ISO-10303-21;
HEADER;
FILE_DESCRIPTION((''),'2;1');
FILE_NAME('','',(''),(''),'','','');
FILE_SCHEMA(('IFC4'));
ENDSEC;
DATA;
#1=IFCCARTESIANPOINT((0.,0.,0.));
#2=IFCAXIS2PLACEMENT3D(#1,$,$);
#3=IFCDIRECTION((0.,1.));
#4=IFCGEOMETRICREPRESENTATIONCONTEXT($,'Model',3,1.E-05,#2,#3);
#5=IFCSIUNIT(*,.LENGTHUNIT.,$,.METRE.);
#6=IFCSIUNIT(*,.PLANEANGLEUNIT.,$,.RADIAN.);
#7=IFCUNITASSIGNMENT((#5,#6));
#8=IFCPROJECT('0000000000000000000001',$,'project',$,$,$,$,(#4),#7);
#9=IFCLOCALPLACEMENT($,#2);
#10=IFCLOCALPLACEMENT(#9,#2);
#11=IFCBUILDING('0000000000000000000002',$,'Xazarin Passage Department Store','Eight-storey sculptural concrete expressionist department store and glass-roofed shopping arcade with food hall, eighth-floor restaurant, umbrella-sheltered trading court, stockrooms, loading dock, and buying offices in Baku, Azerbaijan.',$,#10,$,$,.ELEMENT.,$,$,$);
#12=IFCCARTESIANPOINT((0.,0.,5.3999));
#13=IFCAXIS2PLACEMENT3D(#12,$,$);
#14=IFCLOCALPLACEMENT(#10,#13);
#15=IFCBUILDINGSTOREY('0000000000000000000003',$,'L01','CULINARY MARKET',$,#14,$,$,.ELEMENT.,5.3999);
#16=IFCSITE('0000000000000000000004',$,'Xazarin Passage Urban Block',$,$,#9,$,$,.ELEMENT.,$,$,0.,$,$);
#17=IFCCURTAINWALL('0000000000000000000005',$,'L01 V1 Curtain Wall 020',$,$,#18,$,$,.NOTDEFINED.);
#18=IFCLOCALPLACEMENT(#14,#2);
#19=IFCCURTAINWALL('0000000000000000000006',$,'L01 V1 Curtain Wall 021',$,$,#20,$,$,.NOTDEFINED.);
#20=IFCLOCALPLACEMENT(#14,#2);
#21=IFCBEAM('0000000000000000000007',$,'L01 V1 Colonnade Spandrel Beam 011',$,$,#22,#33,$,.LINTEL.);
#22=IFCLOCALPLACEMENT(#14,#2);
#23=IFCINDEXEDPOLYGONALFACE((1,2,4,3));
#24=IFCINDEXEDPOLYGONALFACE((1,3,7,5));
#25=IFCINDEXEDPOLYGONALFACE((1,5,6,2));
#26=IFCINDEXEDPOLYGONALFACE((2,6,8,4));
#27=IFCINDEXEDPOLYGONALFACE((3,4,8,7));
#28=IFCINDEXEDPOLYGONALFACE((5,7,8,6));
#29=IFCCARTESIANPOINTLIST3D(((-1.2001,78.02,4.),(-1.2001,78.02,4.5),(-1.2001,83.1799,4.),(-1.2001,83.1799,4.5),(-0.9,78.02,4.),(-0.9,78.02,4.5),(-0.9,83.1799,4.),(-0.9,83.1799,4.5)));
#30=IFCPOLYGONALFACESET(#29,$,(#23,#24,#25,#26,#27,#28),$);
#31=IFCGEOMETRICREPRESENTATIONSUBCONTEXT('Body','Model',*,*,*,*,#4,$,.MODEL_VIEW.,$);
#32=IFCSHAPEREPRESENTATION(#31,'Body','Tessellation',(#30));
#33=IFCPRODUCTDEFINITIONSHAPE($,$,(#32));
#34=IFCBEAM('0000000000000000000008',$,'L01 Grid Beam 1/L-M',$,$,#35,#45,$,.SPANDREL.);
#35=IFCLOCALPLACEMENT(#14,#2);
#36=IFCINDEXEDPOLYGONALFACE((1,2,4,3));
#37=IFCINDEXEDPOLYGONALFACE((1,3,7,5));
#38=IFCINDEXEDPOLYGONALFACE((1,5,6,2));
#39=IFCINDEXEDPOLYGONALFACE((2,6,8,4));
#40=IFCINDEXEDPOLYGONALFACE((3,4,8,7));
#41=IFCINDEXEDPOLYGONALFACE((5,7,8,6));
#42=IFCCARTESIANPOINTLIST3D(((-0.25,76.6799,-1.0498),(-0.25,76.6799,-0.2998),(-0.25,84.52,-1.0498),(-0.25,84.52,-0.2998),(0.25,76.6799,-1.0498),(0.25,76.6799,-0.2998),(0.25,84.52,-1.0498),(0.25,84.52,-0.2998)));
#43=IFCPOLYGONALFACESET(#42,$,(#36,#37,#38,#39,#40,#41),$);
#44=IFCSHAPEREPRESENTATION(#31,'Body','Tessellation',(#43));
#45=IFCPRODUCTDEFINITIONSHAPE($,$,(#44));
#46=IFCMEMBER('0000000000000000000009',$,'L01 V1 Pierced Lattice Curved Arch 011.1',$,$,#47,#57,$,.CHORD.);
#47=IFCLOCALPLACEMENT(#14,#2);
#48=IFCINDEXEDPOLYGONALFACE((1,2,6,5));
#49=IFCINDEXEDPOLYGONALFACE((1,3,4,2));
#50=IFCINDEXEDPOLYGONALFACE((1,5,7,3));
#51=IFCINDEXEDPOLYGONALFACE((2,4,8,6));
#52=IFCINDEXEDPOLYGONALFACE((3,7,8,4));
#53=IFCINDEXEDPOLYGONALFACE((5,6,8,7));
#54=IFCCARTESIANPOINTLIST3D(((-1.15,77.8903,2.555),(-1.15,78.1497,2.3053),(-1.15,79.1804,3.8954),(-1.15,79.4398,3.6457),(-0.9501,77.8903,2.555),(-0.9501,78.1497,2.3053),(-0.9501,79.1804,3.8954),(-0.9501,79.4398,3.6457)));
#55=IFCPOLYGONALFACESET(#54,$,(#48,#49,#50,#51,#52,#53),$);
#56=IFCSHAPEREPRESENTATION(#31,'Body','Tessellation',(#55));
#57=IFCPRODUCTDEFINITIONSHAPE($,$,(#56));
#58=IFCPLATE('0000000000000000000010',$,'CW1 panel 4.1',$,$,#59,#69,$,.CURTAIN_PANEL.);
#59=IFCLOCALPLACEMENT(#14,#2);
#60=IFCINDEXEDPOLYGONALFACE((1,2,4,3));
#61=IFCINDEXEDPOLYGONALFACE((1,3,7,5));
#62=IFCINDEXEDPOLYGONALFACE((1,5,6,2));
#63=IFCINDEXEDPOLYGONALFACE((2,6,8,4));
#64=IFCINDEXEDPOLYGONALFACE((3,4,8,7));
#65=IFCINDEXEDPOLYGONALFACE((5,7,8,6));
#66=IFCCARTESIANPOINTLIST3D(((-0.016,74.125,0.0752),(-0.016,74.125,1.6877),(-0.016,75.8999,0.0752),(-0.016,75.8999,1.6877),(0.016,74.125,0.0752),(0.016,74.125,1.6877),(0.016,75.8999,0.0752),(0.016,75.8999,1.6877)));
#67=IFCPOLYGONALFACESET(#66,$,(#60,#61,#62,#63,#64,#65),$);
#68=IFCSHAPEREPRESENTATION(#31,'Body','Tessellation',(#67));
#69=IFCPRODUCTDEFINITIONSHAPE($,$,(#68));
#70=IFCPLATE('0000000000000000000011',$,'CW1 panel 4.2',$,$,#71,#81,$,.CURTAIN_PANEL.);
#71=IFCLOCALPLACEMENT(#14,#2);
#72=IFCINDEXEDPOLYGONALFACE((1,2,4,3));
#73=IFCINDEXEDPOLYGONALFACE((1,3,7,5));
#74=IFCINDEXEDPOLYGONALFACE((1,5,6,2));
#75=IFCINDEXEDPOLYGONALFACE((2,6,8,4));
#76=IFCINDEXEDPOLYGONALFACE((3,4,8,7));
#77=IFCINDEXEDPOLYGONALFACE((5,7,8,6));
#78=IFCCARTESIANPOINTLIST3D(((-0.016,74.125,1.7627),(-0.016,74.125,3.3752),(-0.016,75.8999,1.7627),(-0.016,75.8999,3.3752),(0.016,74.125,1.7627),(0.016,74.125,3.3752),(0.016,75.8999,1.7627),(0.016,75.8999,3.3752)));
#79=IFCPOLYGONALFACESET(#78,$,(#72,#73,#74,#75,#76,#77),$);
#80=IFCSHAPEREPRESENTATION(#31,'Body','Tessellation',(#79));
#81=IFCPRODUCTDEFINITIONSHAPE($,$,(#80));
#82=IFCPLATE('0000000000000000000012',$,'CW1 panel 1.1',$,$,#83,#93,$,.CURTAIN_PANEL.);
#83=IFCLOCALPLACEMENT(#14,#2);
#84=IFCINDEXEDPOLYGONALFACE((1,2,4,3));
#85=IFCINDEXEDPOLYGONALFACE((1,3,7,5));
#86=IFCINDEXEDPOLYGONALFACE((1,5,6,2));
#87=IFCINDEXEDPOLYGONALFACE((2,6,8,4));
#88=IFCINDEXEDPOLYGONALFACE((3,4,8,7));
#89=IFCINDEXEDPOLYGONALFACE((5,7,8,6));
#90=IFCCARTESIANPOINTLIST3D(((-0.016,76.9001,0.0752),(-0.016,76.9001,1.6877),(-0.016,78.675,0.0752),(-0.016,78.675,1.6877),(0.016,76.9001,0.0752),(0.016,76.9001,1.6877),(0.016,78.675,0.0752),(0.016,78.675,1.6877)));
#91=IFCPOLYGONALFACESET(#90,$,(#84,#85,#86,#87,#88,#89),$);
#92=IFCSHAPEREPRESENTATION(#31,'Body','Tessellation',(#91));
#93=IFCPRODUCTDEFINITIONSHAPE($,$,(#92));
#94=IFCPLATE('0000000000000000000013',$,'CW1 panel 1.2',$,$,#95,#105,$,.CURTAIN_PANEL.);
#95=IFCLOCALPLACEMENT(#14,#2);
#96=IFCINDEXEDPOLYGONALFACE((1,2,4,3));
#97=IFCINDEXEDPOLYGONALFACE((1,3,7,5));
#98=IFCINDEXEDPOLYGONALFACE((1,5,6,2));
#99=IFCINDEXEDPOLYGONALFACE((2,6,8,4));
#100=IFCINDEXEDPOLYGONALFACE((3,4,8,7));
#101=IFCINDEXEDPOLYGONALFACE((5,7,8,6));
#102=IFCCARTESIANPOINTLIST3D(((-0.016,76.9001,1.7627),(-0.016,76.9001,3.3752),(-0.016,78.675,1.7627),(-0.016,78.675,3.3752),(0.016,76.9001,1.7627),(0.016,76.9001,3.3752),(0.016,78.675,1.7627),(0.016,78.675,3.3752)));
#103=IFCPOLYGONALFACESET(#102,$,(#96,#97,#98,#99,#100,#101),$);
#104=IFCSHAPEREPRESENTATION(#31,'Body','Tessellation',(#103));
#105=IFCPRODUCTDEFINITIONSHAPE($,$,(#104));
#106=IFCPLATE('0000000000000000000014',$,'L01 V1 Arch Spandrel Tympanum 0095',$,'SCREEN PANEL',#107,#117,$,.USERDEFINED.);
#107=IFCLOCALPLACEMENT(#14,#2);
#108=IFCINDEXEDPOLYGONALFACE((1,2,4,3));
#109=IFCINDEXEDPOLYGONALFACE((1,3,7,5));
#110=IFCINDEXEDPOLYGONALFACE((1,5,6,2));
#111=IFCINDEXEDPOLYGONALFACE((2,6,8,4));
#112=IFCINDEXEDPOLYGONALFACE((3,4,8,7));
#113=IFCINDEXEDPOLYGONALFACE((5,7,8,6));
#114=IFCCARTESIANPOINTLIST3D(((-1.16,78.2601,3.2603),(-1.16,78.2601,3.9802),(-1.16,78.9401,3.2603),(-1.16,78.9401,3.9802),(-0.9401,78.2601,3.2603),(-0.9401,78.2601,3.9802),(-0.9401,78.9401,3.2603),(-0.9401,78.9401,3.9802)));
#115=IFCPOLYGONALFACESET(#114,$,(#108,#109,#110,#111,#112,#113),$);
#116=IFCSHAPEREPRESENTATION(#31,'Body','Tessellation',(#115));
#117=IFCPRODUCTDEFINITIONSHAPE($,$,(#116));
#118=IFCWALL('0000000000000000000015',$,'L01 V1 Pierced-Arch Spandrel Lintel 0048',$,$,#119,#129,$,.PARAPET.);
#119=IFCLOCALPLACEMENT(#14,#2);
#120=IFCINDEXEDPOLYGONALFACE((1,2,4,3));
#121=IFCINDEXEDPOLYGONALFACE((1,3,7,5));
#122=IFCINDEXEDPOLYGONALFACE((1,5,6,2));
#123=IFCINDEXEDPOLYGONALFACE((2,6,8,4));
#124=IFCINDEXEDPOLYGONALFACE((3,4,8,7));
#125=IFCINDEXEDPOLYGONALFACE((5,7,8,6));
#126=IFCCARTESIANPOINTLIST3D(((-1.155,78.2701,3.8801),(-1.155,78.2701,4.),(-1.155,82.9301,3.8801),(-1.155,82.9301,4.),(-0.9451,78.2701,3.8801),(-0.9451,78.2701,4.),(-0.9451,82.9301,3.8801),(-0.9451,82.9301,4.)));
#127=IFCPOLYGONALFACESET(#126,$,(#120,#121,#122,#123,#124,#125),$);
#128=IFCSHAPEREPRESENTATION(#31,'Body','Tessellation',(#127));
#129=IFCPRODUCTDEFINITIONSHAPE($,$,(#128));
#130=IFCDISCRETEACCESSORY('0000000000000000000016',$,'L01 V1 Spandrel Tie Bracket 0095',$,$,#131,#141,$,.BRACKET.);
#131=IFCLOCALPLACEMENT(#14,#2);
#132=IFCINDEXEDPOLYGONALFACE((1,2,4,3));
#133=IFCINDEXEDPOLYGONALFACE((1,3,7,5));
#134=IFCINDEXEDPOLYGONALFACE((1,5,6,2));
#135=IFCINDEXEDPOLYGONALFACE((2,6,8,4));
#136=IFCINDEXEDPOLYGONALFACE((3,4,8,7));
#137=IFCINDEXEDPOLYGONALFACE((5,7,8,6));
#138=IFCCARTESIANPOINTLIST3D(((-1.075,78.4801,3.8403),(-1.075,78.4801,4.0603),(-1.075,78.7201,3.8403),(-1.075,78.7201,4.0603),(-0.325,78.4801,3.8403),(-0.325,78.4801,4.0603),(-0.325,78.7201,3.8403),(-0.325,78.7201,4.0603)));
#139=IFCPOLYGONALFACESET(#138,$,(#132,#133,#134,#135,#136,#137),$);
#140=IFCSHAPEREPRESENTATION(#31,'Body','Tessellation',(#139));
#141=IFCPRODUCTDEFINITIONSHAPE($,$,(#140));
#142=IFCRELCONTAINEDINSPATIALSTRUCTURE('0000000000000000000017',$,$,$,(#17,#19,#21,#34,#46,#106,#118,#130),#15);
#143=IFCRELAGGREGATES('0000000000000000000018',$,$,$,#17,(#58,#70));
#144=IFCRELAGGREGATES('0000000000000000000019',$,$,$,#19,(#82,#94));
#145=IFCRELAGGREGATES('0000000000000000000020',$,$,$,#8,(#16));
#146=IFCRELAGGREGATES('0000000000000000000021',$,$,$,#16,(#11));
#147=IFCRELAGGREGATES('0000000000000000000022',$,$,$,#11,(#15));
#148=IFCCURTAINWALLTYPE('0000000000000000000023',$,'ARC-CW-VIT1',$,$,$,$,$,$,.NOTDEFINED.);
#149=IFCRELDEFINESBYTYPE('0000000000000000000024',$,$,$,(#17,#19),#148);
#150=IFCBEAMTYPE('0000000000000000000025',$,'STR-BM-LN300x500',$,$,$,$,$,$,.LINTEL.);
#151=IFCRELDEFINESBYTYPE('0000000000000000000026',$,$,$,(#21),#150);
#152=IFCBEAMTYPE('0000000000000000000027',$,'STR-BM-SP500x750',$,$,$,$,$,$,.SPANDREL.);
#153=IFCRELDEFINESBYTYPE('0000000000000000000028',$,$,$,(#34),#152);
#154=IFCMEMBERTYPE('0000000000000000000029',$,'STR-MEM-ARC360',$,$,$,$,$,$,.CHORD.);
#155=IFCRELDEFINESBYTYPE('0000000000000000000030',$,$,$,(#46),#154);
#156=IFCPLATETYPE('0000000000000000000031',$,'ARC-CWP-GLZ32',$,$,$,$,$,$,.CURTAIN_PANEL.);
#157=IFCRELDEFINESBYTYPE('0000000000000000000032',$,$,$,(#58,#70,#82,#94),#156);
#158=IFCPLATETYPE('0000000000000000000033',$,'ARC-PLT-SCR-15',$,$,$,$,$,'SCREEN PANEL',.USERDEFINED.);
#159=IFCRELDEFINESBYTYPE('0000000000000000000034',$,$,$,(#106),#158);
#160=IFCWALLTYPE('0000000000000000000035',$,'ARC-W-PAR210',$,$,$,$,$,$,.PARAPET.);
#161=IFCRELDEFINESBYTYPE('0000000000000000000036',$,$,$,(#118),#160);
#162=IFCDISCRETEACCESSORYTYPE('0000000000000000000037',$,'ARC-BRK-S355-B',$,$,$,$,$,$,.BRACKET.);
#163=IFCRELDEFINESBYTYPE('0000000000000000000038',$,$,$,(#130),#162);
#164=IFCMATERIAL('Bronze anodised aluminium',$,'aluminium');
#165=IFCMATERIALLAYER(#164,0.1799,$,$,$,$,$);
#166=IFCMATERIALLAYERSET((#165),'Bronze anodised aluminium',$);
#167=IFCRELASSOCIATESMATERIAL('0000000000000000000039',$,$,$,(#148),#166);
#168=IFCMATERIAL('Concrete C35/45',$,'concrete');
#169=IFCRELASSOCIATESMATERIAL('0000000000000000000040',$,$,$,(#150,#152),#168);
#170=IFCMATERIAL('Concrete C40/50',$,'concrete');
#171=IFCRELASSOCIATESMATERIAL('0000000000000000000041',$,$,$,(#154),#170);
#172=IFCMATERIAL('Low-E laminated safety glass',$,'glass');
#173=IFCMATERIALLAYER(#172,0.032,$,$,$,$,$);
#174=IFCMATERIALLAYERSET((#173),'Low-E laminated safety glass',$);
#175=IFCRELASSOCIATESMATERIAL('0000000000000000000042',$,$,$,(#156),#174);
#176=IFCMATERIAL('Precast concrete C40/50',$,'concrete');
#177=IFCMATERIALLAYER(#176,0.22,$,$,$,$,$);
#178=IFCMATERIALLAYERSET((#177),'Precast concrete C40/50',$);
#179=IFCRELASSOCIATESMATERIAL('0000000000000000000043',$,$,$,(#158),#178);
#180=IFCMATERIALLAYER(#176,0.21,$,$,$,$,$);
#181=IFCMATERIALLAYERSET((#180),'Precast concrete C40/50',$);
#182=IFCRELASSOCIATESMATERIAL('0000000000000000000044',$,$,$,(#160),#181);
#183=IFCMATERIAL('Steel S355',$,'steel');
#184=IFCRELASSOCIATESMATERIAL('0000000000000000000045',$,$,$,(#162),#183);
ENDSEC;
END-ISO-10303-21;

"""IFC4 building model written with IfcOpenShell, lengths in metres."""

from ifc_helpers import new_model, si_unit, direction, frame, frame_2d, origin, origin_2d, place, context, subcontext, project, spatial, rectangle, extrude, material, layer, layer_set, material_profile, profile_set, type_object, element, aggregate, save


model = new_model("IFC4")

# Units and contexts
model_context = context("Model", 3, precision=1e-05, world=origin(), true_north=direction((0.0, 1.0)))
body_context = subcontext(model_context, "Body", "Model", "MODEL_VIEW")
ifc_project = project(units=[si_unit("LENGTHUNIT", "METRE"), si_unit("PLANEANGLEUNIT", "RADIAN")], contexts=[model_context])

# Site, building, storey
site_placement = place(None, origin())
site = spatial("IfcSite", under=ifc_project, at=site_placement, Name="Xazarin Passage Urban Block", CompositionType="ELEMENT", RefElevation=0.0)
building_placement = place(site_placement, origin())
building = spatial("IfcBuilding", under=site, at=building_placement, Name="Xazarin Passage Department Store", Description="Eight-storey sculptural concrete expressionist department store and glass-roofed shopping arcade with food hall, eighth-floor restaurant, umbrella-sheltered trading court, stockrooms, loading dock, and buying offices in Baku, Azerbaijan.", CompositionType="ELEMENT")
storey_placement = place(building_placement, frame((0.0, 0.0, 5.3999)))
storey = spatial("IfcBuildingStorey", under=building, at=storey_placement, Name="L01", Description="CULINARY MARKET", CompositionType="ELEMENT", Elevation=5.3999)

# Shared definitions
ifc_material_1 = material(Name="Concrete C40/50", Category="concrete")

# Curtain wall
ifc_material_2 = material(Name="Bronze anodised aluminium", Category="aluminium")
ifc_layer_1 = layer(ifc_material_2, 0.1799)
ifc_layer_set_1 = layer_set([ifc_layer_1], Name="Bronze anodised aluminium")
curtain_wall_type = type_object("IfcCurtainWallType", Name="ARC-CW-VIT1", PredefinedType="NOTDEFINED", material=ifc_layer_set_1)
curtain_wall_1_placement = place(storey_placement, origin())
curtain_wall_1 = element("IfcCurtainWall", 1, at=curtain_wall_1_placement, inside=storey, type_object=curtain_wall_type, Name="L01 V1 Curtain Wall 020", PredefinedType="NOTDEFINED")

# Curtain wall
curtain_wall_2_placement = place(storey_placement, origin())
curtain_wall_2 = element("IfcCurtainWall", 2, at=curtain_wall_2_placement, inside=storey, type_object=curtain_wall_type, Name="L01 V1 Curtain Wall 021", PredefinedType="NOTDEFINED")

# Beams
ifc_material_3 = material(Name="Concrete C35/45", Category="concrete")
ifc_material_profile_1 = material_profile(ifc_material_3, rectangle(XDim=0.3, YDim=0.5, at=origin_2d()), Name="RC 300x500")
ifc_profile_set_1 = profile_set([ifc_material_profile_1], Name="Concrete C35/45")
beam_type_1 = type_object("IfcBeamType", Name="STR-BM-LN300x500", PredefinedType="LINTEL", material=ifc_profile_set_1)
beam_1_placement = place(storey_placement, frame((-1.05, 78.02, 4.25), z_axis=(0.0, 1.0, 0.0), x_axis=(-1.0, 0.0, 0.0)))
element("IfcBeam", 3, at=beam_1_placement, inside=storey, type_object=beam_type_1, Name="L01 V1 Colonnade Spandrel Beam 011", PredefinedType="LINTEL", context=body_context, shape_type="SweptSolid", body=[
    extrude(rectangle(XDim=0.3, YDim=0.5, at=origin_2d()), origin(), (0.0, 0.0, 1.0), 5.1599),
])
ifc_material_profile_2 = material_profile(ifc_material_3, rectangle(XDim=0.5, YDim=0.75, at=origin_2d()), Name="RC 500x750")
ifc_profile_set_2 = profile_set([ifc_material_profile_2], Name="Concrete C35/45")
beam_type_2 = type_object("IfcBeamType", Name="STR-BM-SP500x750", PredefinedType="SPANDREL", material=ifc_profile_set_2)
beam_2_placement = place(storey_placement, frame((0.0, 76.6799, -0.6748), z_axis=(0.0, 1.0, 0.0), x_axis=(-1.0, 0.0, 0.0)))
element("IfcBeam", 4, at=beam_2_placement, inside=storey, type_object=beam_type_2, Name="L01 Grid Beam 1/L-M", PredefinedType="SPANDREL", context=body_context, shape_type="SweptSolid", body=[
    extrude(rectangle(XDim=0.5, YDim=0.75, at=origin_2d()), origin(), (0.0, 0.0, 1.0), 7.8401),
])

# Member
ifc_material_profile_3 = material_profile(ifc_material_1, rectangle(XDim=0.2, YDim=0.3601, at=origin_2d()), Name="RC 200x360")
ifc_profile_set_3 = profile_set([ifc_material_profile_3], Name="Concrete C40/50")
member_type_1 = type_object("IfcMemberType", Name="STR-MEM-ARC360", PredefinedType="CHORD", material=ifc_profile_set_3)
member_1_placement = place(storey_placement, frame((-1.05, 78.02, 2.4302), z_axis=(0.0, 0.69346, 0.720495), x_axis=(-1.0, 0.0, 0.0)))
element("IfcMember", 5, at=member_1_placement, inside=storey, type_object=member_type_1, Name="L01 V1 Pierced Lattice Curved Arch 011.1", PredefinedType="CHORD", context=body_context, shape_type="SweptSolid", body=[
    extrude(rectangle(XDim=0.2, YDim=0.3601, at=origin_2d()), origin(), (0.0, 0.0, 1.0), 1.8604),
])

# Plates
ifc_material_4 = material(Name="Low-E laminated safety glass", Category="glass")
ifc_layer_2 = layer(ifc_material_4, 0.032)
ifc_layer_set_2 = layer_set([ifc_layer_2], Name="Low-E laminated safety glass")
plate_type_1 = type_object("IfcPlateType", Name="ARC-CWP-GLZ32", PredefinedType="CURTAIN_PANEL", material=ifc_layer_set_2)
plate_1_placement = place(storey_placement, frame((0.0, 75.0125, 0.0752), z_axis=(0.0, 0.0, 1.0), x_axis=(0.0, 1.0, 0.0)))
plate_1 = element("IfcPlate", 6, at=plate_1_placement, type_object=plate_type_1, Name="CW1 panel 4.1", PredefinedType="CURTAIN_PANEL", context=body_context, shape_type="SweptSolid", body=[
    extrude(rectangle(XDim=1.7749, YDim=0.032, at=origin_2d()), origin(), (0.0, 0.0, 1.0), 1.6125),
])
plate_2_placement = place(storey_placement, frame((0.0, 75.0125, 1.7627), z_axis=(0.0, 0.0, 1.0), x_axis=(0.0, 1.0, 0.0)))
plate_2 = element("IfcPlate", 7, at=plate_2_placement, type_object=plate_type_1, Name="CW1 panel 4.2", PredefinedType="CURTAIN_PANEL", context=body_context, shape_type="SweptSolid", body=[
    extrude(rectangle(XDim=1.7749, YDim=0.032, at=origin_2d()), origin(), (0.0, 0.0, 1.0), 1.6125),
])
aggregate(curtain_wall_1, [plate_1, plate_2])
plate_3_placement = place(storey_placement, frame((0.0, 77.7876, 0.0752), z_axis=(0.0, 0.0, 1.0), x_axis=(0.0, 1.0, 0.0)))
plate_3 = element("IfcPlate", 8, at=plate_3_placement, type_object=plate_type_1, Name="CW1 panel 1.1", PredefinedType="CURTAIN_PANEL", context=body_context, shape_type="SweptSolid", body=[
    extrude(rectangle(XDim=1.7749, YDim=0.032, at=origin_2d()), origin(), (0.0, 0.0, 1.0), 1.6125),
])
plate_4_placement = place(storey_placement, frame((0.0, 77.7876, 1.7627), z_axis=(0.0, 0.0, 1.0), x_axis=(0.0, 1.0, 0.0)))
plate_4 = element("IfcPlate", 9, at=plate_4_placement, type_object=plate_type_1, Name="CW1 panel 1.2", PredefinedType="CURTAIN_PANEL", context=body_context, shape_type="SweptSolid", body=[
    extrude(rectangle(XDim=1.7749, YDim=0.032, at=origin_2d()), origin(), (0.0, 0.0, 1.0), 1.6125),
])
aggregate(curtain_wall_2, [plate_3, plate_4])
ifc_material_5 = material(Name="Precast concrete C40/50", Category="concrete")
ifc_layer_3 = layer(ifc_material_5, 0.22)
ifc_layer_set_3 = layer_set([ifc_layer_3], Name="Precast concrete C40/50")
plate_type_2 = type_object("IfcPlateType", Name="ARC-PLT-SCR-15", ElementType="SCREEN PANEL", PredefinedType="USERDEFINED", material=ifc_layer_set_3)
plate_5_placement = place(storey_placement, frame((-1.05, 78.6001, 3.2603), z_axis=(0.0, 0.0, 1.0), x_axis=(0.0, 1.0, 0.0)))
element("IfcPlate", 10, at=plate_5_placement, inside=storey, type_object=plate_type_2, Name="L01 V1 Arch Spandrel Tympanum 0095", ObjectType="SCREEN PANEL", PredefinedType="USERDEFINED", context=body_context, shape_type="SweptSolid", body=[
    extrude(rectangle(XDim=0.6799, YDim=0.22, at=origin_2d()), origin(), (0.0, 0.0, 1.0), 0.72),
])

# Wall
ifc_layer_4 = layer(ifc_material_5, 0.21)
ifc_layer_set_4 = layer_set([ifc_layer_4], Name="Precast concrete C40/50")
wall_type = type_object("IfcWallType", Name="ARC-W-PAR210", PredefinedType="PARAPET", material=ifc_layer_set_4)
wall_placement = place(storey_placement, frame((-1.05, 78.27, 3.8801), z_axis=(0.0, 0.0, 1.0), x_axis=(0.0, 1.0, 0.0)))
element("IfcWall", 11, at=wall_placement, inside=storey, type_object=wall_type, Name="L01 V1 Pierced-Arch Spandrel Lintel 0048", PredefinedType="PARAPET", context=body_context, shape_type="SweptSolid", body=[
    extrude(rectangle(XDim=4.6599, YDim=0.21, at=frame_2d((2.3301, 0.0))), origin(), (0.0, 0.0, 1.0), 0.1199),
])

# Discrete accessory
ifc_material_6 = material(Name="Steel S355", Category="steel")
discrete_accessory_type = type_object("IfcDiscreteAccessoryType", Name="ARC-BRK-S355-B", PredefinedType="BRACKET", material=ifc_material_6)
discrete_accessory_placement = place(storey_placement, frame((-0.7, 78.6001, 3.8403), z_axis=(0.0, 0.0, 1.0), x_axis=(0.0, 1.0, 0.0)))
element("IfcDiscreteAccessory", 12, at=discrete_accessory_placement, inside=storey, type_object=discrete_accessory_type, Name="L01 V1 Spandrel Tie Bracket 0095", PredefinedType="BRACKET", context=body_context, shape_type="SweptSolid", body=[
    extrude(rectangle(XDim=0.24, YDim=0.75, at=origin_2d()), origin(), (0.0, 0.0, 1.0), 0.22),
])

save(model, "model.ifc")
